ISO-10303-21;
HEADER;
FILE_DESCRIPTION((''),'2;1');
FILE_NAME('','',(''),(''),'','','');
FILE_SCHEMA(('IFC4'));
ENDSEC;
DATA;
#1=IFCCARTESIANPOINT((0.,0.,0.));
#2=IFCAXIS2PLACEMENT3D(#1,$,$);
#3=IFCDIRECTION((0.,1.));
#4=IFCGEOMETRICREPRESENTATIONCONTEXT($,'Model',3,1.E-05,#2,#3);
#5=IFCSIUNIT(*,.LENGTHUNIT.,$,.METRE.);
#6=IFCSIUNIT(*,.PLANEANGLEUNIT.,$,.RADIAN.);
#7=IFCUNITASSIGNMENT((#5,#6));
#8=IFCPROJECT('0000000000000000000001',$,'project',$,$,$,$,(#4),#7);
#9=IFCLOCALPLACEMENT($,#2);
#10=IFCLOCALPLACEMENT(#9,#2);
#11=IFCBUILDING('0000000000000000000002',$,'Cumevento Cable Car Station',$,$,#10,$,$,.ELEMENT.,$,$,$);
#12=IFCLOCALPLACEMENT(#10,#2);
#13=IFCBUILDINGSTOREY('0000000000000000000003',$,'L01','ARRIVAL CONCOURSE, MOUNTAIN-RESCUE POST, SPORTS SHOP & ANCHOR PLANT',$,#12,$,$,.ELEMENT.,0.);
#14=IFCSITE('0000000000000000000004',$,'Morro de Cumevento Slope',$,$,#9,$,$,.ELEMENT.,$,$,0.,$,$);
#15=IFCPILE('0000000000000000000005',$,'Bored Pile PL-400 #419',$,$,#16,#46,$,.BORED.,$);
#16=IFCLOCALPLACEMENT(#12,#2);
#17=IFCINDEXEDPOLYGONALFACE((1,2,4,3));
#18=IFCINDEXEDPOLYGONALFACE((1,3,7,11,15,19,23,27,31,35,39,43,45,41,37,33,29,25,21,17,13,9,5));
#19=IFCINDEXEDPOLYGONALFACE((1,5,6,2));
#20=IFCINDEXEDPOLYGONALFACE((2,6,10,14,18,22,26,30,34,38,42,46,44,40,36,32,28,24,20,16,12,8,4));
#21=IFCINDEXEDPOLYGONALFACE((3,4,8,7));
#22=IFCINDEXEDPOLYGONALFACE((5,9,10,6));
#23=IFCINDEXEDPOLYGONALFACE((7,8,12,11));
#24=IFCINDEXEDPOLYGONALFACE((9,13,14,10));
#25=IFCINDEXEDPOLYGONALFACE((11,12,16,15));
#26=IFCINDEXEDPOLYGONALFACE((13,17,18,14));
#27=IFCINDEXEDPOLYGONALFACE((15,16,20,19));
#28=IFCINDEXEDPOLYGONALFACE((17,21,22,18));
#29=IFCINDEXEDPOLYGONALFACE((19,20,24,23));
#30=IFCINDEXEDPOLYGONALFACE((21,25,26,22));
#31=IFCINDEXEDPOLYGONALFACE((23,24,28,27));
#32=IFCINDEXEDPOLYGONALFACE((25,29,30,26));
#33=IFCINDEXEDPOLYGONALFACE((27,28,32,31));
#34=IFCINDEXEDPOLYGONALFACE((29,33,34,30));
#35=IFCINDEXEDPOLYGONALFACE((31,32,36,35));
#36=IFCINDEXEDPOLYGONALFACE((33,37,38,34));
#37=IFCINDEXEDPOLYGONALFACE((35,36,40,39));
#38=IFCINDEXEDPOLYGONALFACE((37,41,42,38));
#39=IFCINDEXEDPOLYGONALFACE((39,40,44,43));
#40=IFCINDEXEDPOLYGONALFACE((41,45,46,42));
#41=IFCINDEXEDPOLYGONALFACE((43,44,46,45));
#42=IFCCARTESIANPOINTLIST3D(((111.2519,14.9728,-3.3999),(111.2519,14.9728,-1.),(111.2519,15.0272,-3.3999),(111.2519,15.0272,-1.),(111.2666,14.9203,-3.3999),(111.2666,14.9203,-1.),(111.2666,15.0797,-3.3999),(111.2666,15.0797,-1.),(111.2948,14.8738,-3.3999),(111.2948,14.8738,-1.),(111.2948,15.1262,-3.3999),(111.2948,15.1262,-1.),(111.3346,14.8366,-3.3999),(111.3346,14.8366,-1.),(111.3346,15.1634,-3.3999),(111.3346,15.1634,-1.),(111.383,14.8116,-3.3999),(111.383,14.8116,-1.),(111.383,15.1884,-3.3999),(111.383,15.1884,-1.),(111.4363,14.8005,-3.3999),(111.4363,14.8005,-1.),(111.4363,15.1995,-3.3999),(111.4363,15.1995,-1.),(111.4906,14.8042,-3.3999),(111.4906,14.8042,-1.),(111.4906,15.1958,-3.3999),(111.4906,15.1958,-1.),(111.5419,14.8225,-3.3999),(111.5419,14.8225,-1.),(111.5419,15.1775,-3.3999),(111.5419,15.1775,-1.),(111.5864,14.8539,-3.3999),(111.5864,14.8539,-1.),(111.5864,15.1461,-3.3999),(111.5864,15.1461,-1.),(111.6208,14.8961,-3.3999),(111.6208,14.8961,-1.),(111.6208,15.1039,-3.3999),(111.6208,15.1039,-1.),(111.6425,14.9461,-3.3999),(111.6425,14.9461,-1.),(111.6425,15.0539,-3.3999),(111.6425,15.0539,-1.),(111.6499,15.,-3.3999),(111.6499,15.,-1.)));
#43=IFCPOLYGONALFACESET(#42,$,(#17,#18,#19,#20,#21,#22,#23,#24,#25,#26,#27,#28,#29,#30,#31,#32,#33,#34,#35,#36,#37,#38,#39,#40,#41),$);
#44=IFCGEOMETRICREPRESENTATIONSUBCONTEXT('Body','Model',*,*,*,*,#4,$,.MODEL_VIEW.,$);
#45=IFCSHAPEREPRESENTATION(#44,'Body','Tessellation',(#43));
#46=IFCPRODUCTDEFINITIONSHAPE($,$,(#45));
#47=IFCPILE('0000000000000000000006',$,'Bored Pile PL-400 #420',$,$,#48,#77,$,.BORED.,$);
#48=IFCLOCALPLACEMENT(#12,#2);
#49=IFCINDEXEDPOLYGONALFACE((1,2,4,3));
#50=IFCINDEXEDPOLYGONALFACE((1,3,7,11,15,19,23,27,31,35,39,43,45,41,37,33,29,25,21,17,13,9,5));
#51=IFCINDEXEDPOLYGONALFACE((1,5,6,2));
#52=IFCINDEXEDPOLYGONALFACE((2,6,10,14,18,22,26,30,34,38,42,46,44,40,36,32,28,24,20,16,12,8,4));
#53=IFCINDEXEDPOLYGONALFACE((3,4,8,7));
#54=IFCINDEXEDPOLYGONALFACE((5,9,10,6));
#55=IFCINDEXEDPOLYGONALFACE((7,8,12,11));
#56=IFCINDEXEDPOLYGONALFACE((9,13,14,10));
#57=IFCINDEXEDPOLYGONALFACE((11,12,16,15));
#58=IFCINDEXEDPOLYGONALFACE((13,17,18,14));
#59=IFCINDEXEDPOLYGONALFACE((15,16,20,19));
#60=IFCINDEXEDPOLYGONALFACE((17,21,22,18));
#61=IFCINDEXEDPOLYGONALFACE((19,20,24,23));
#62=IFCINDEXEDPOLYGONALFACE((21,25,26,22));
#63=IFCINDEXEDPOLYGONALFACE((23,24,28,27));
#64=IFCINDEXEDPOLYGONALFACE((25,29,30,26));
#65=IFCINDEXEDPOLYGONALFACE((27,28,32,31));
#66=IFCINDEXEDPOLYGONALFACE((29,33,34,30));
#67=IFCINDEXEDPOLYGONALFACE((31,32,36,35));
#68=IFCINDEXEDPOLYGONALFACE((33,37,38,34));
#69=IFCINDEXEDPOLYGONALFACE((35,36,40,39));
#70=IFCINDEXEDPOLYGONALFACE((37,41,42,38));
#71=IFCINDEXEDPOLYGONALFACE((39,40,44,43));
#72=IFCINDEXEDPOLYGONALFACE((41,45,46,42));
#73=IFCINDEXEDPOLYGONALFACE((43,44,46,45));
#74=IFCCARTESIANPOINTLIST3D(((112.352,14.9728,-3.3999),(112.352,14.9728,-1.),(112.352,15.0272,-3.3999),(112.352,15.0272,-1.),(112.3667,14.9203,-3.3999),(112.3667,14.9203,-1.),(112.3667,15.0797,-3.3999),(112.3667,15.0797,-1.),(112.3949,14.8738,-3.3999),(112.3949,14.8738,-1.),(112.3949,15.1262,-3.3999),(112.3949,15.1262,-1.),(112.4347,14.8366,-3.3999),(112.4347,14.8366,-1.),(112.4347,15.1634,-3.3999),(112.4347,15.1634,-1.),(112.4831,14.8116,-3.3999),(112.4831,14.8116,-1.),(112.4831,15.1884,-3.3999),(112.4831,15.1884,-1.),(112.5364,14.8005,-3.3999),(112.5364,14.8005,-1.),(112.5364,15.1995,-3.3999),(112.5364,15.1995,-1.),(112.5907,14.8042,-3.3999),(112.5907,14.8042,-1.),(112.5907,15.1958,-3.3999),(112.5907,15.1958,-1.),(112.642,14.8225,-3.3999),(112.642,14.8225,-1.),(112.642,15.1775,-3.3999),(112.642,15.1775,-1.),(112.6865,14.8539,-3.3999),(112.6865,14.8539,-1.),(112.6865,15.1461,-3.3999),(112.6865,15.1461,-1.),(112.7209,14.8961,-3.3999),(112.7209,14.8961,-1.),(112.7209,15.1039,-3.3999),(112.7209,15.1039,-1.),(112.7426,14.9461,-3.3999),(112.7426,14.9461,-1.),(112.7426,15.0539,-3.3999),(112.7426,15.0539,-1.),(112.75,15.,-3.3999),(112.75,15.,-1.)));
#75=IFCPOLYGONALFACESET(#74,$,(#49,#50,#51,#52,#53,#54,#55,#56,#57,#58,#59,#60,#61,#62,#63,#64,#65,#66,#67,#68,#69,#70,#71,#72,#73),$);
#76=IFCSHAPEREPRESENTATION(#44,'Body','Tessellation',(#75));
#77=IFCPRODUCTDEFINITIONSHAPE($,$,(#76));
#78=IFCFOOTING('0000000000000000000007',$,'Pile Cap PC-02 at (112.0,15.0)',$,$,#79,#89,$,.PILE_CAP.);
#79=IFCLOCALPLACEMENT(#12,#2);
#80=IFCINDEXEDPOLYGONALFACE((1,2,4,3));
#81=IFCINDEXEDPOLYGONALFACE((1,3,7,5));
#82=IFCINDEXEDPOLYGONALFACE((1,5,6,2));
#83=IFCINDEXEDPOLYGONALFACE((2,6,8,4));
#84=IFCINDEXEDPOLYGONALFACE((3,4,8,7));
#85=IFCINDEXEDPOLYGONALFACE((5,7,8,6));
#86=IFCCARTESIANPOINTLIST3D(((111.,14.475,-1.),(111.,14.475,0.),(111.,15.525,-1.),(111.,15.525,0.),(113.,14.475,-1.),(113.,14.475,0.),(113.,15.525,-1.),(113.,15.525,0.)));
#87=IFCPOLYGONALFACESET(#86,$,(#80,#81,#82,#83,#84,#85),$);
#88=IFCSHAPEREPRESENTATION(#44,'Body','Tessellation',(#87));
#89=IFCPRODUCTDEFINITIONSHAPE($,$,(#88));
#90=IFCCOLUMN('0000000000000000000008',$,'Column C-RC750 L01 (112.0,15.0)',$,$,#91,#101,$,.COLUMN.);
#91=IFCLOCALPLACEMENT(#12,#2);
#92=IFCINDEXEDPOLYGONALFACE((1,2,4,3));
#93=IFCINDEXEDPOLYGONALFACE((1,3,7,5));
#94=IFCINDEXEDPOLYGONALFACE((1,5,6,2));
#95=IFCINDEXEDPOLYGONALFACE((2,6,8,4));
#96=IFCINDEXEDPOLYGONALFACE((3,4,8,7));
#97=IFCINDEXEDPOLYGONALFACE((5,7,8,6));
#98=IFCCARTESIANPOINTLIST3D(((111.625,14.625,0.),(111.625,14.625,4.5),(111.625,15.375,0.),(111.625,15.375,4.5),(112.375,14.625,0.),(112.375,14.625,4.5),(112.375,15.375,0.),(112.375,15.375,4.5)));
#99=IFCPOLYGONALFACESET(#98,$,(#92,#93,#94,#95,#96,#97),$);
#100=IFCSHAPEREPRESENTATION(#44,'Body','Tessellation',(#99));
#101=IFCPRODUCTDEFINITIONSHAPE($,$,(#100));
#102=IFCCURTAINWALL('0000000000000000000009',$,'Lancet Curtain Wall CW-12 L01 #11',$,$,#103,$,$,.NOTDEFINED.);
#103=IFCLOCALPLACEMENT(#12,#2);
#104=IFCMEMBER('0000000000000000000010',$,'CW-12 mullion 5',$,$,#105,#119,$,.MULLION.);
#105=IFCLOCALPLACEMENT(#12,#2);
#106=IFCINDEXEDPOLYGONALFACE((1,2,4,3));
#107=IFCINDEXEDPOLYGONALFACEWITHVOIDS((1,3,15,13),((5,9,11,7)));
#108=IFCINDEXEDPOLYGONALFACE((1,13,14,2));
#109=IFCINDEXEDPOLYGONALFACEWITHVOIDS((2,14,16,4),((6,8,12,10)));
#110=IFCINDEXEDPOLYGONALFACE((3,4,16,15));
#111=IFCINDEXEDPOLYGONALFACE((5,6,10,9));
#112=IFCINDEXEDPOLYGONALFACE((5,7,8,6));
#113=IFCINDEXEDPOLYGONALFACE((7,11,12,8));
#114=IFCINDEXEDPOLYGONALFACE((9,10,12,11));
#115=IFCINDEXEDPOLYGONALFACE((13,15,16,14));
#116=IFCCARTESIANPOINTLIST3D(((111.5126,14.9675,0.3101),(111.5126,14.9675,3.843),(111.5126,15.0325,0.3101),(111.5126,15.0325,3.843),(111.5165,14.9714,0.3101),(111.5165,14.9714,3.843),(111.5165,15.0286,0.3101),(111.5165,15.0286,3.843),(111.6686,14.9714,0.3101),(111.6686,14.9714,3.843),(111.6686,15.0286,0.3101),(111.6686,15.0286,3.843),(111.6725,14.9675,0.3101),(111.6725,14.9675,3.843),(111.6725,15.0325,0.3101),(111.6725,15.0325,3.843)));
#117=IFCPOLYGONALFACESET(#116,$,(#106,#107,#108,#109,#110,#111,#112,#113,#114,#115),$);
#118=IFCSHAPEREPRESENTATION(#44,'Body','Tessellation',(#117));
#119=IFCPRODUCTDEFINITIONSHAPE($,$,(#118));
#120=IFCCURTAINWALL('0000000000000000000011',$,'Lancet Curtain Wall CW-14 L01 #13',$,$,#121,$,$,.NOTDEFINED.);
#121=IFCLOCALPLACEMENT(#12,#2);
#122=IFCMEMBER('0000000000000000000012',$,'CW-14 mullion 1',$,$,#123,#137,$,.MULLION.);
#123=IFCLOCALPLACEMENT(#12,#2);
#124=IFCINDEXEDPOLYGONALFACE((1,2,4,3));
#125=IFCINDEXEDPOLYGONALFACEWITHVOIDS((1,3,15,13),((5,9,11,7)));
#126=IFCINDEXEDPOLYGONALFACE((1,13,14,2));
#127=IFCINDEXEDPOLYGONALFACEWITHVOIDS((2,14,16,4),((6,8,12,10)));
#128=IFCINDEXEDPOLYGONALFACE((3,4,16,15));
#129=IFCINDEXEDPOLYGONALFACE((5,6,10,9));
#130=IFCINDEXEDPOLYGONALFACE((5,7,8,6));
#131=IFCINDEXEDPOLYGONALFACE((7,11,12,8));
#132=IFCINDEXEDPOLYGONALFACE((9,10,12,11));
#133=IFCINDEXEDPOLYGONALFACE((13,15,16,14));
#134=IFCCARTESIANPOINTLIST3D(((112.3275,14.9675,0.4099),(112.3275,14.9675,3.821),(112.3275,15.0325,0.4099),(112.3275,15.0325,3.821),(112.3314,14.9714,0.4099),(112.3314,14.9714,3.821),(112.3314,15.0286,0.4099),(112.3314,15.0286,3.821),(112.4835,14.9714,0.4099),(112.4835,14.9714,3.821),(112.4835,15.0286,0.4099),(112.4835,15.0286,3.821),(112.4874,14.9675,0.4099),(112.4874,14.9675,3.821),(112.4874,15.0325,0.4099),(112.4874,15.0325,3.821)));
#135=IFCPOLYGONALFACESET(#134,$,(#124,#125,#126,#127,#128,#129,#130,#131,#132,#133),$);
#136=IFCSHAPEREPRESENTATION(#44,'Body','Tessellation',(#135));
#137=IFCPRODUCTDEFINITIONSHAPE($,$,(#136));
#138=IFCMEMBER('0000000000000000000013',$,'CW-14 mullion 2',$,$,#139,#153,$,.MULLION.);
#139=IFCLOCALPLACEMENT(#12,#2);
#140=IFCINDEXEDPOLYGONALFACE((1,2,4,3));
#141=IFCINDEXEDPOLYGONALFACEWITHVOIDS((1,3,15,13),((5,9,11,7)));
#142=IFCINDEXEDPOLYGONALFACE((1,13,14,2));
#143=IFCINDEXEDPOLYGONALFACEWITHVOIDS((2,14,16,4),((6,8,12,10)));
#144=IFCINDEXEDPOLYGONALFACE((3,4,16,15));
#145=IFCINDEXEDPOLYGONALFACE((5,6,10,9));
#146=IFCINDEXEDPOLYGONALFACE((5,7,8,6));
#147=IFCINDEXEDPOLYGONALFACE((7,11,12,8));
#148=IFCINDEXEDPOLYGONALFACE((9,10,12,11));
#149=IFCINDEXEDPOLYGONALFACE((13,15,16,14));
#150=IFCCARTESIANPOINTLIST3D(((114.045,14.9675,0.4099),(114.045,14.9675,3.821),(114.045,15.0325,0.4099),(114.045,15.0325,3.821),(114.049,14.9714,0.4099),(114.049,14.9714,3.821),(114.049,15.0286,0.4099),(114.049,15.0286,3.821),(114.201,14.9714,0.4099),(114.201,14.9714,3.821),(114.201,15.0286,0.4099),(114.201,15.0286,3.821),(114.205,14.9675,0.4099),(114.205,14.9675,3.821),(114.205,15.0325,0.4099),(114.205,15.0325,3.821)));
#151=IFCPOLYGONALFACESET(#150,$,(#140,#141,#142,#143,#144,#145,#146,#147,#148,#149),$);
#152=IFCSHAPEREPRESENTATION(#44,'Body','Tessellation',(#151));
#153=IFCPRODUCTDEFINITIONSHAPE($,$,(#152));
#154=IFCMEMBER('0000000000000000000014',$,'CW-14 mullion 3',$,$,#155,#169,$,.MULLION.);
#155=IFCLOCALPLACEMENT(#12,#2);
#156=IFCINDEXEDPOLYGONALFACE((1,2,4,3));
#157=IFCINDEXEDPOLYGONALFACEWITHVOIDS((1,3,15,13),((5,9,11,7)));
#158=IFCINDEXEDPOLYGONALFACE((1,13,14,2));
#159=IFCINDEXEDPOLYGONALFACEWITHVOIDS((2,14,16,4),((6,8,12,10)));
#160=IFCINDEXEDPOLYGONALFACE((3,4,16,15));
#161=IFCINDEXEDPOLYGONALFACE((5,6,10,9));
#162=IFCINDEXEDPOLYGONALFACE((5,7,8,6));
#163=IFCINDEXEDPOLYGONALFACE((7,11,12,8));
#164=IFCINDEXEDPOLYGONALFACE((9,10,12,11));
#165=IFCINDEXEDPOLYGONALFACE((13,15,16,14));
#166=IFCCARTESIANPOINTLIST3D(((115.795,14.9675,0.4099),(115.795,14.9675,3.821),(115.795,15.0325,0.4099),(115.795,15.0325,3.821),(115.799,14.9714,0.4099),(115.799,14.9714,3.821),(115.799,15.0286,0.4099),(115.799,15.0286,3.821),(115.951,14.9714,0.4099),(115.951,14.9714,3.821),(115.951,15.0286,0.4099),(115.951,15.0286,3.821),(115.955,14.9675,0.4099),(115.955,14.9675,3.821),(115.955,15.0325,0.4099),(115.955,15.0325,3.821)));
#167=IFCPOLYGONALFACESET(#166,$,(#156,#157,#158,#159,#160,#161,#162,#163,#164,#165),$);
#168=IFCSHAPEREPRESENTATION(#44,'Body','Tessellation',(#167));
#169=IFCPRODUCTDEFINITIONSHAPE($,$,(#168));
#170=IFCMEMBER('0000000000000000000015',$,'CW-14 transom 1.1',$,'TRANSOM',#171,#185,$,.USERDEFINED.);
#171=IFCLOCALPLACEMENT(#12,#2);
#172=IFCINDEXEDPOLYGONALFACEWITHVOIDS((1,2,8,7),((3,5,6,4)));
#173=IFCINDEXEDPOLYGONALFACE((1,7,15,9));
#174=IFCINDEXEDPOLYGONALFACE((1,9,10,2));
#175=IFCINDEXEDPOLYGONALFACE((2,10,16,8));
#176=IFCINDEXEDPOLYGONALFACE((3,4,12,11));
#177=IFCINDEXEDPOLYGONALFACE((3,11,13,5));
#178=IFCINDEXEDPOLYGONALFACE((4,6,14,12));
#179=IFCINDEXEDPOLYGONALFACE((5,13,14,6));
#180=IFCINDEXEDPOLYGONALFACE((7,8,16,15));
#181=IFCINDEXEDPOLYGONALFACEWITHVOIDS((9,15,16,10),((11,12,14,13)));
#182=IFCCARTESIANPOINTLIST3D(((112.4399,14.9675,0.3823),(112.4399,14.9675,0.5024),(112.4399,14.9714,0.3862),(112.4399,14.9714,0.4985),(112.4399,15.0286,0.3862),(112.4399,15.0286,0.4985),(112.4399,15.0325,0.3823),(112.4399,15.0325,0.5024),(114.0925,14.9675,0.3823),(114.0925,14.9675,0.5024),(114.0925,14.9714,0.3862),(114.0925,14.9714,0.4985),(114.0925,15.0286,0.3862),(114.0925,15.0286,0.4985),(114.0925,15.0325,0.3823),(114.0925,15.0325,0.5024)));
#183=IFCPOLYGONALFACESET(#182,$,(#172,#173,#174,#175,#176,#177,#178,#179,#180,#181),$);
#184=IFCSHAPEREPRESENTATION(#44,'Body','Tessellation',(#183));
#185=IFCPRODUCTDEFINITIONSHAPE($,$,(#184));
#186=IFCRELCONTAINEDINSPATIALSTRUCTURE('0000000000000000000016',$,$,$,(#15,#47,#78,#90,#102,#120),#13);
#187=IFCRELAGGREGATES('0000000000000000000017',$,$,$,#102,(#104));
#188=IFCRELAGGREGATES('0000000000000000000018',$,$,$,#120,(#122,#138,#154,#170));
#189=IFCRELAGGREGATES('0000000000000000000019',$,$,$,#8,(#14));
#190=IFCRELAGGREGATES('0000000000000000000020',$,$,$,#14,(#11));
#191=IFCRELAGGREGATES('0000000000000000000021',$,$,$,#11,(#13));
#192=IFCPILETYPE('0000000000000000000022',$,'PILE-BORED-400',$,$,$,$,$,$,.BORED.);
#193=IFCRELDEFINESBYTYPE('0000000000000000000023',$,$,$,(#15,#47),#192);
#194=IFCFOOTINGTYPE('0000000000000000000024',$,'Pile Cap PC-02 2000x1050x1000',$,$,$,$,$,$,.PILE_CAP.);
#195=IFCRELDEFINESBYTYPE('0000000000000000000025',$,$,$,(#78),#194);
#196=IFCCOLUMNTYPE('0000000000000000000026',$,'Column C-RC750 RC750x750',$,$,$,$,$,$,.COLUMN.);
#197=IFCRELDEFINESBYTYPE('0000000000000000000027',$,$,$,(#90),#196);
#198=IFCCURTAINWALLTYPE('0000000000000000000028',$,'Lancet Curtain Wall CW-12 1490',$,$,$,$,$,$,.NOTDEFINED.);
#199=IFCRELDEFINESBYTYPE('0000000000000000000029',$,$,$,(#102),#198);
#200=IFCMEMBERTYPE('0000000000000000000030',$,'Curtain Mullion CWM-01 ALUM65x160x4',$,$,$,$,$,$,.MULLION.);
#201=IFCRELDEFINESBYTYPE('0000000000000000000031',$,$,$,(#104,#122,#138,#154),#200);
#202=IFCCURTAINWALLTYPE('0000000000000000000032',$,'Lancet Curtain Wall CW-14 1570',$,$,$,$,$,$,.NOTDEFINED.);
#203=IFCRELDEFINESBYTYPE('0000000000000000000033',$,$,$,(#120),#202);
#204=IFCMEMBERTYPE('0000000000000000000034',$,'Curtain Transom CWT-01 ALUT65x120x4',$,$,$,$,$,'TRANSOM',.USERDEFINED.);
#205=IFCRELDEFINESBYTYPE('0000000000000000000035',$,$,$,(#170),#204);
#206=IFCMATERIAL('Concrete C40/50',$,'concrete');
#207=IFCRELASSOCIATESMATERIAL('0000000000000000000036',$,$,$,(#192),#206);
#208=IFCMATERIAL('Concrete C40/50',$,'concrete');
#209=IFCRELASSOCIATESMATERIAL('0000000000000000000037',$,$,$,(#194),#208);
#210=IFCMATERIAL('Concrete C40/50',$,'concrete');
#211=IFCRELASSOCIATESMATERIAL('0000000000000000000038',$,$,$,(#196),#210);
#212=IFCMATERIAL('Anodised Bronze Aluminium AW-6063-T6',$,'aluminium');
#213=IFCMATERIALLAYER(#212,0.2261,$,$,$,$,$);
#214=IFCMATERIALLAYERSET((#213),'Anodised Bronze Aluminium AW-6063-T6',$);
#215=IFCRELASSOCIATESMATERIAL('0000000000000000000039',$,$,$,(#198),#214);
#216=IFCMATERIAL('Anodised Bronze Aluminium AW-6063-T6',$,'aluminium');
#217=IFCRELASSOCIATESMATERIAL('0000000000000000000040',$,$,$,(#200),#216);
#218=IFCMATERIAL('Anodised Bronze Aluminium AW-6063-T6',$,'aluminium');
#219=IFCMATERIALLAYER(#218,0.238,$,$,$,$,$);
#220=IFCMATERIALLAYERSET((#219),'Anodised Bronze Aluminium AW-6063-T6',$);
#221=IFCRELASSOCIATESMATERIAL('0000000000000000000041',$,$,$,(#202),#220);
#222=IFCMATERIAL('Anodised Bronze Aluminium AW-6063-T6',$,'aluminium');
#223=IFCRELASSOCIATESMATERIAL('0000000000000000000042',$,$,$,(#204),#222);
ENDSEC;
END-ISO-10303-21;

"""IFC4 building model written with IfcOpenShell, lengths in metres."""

from ifc_helpers import new_model, si_unit, direction, frame, origin, origin_2d, place, context, subcontext, project, spatial, rectangle, hollow_rectangle, circle, extrude, material, layer, layer_set, material_profile, profile_set, type_object, element, aggregate, save


model = new_model("IFC4")

# Units and contexts
model_context = context("Model", 3, precision=1e-05, world=origin(), true_north=direction((0.0, 1.0)))
body_context = subcontext(model_context, "Body", "Model", "MODEL_VIEW")
ifc_project = project(units=[si_unit("LENGTHUNIT", "METRE"), si_unit("PLANEANGLEUNIT", "RADIAN")], contexts=[model_context])

# Site, building, storey
site_placement = place(None, origin())
site = spatial("IfcSite", under=ifc_project, at=site_placement, Name="Morro de Cumevento Slope", CompositionType="ELEMENT", RefElevation=0.0)
building_placement = place(site_placement, origin())
building = spatial("IfcBuilding", under=site, at=building_placement, Name="Cumevento Cable Car Station", CompositionType="ELEMENT")
storey_placement = place(building_placement, origin())
storey = spatial("IfcBuildingStorey", under=building, at=storey_placement, Name="L01", Description="ARRIVAL CONCOURSE, MOUNTAIN-RESCUE POST, SPORTS SHOP & ANCHOR PLANT", CompositionType="ELEMENT", Elevation=0.0)

# Piles
ifc_material_1 = material(Name="Concrete C40/50", Category="concrete")
ifc_material_profile_1 = material_profile(ifc_material_1, circle(Radius=0.2, at=origin_2d()), Name="PILE-D400")
ifc_profile_set_1 = profile_set([ifc_material_profile_1], Name="Concrete C40/50")
pile_type = type_object("IfcPileType", Name="PILE-BORED-400", PredefinedType="BORED", material=ifc_profile_set_1)
for number, where, z_axis, x_axis, name in (
    (1, (111.45, 15.0, -1.0), (0.0, 0.0, -1.0), (1.0, 0.0, 0.0), "Bored Pile PL-400 #419"),
    (2, (112.55, 15.0, -1.0), (0.0, 0.0, -1.0), (1.0, 0.0, 0.0), "Bored Pile PL-400 #420"),
):
    element("IfcPile", number, at=place(storey_placement, frame(where, z_axis=z_axis, x_axis=x_axis)), inside=storey, type_object=pile_type, Name=name, PredefinedType="BORED", context=body_context, shape_type="SweptSolid", body=[
        extrude(circle(Radius=0.2, at=origin_2d()), origin(), (0.0, 0.0, 1.0), 2.3999),
    ])

# Footing
ifc_material_2 = material(Name="Concrete C40/50", Category="concrete")
footing_type = type_object("IfcFootingType", Name="Pile Cap PC-02 2000x1050x1000", PredefinedType="PILE_CAP", material=ifc_material_2)
footing_placement = place(storey_placement, frame((112.0, 15.0, -1.0), z_axis=(0.0, 0.0, 1.0), x_axis=(1.0, 0.0, 0.0)))
element("IfcFooting", 3, at=footing_placement, inside=storey, type_object=footing_type, Name="Pile Cap PC-02 at (112.0,15.0)", PredefinedType="PILE_CAP", context=body_context, shape_type="SweptSolid", body=[
    extrude(rectangle(XDim=2.0, YDim=1.05, at=origin_2d()), origin(), (0.0, 0.0, 1.0), 1.0),
])

# Column
ifc_material_3 = material(Name="Concrete C40/50", Category="concrete")
ifc_material_profile_2 = material_profile(ifc_material_3, rectangle(XDim=0.75, YDim=0.75, at=origin_2d()), Name="RC750x750")
ifc_profile_set_2 = profile_set([ifc_material_profile_2], Name="Concrete C40/50")
column_type = type_object("IfcColumnType", Name="Column C-RC750 RC750x750", PredefinedType="COLUMN", material=ifc_profile_set_2)
column_placement = place(storey_placement, frame((112.0, 15.0, 0.0), z_axis=(0.0, 0.0, 1.0), x_axis=(1.0, 0.0, 0.0)))
element("IfcColumn", 4, at=column_placement, inside=storey, type_object=column_type, Name="Column C-RC750 L01 (112.0,15.0)", PredefinedType="COLUMN", context=body_context, shape_type="SweptSolid", body=[
    extrude(rectangle(XDim=0.75, YDim=0.75, at=origin_2d()), origin(), (0.0, 0.0, 1.0), 4.5),
])

# Curtain wall, member
ifc_material_4 = material(Name="Anodised Bronze Aluminium AW-6063-T6", Category="aluminium")
ifc_layer_1 = layer(ifc_material_4, 0.2261)
ifc_layer_set_1 = layer_set([ifc_layer_1], Name="Anodised Bronze Aluminium AW-6063-T6")
curtain_wall_type_1 = type_object("IfcCurtainWallType", Name="Lancet Curtain Wall CW-12 1490", PredefinedType="NOTDEFINED", material=ifc_layer_set_1)
curtain_wall_1_placement = place(storey_placement, origin())
curtain_wall_1 = element("IfcCurtainWall", 5, at=curtain_wall_1_placement, inside=storey, type_object=curtain_wall_type_1, Name="Lancet Curtain Wall CW-12 L01 #11", PredefinedType="NOTDEFINED")
ifc_material_5 = material(Name="Anodised Bronze Aluminium AW-6063-T6", Category="aluminium")
ifc_material_profile_3 = material_profile(ifc_material_5, hollow_rectangle(XDim=0.0649, YDim=0.1599, WallThickness=0.0039, at=origin_2d()), Name="ALUM65x160x4")
ifc_profile_set_3 = profile_set([ifc_material_profile_3], Name="Anodised Bronze Aluminium AW-6063-T6")
member_type_1 = type_object("IfcMemberType", Name="Curtain Mullion CWM-01 ALUM65x160x4", PredefinedType="MULLION", material=ifc_profile_set_3)
member_1_placement = place(storey_placement, frame((111.5925, 15.0, 0.3101), z_axis=(0.0, 0.0, 1.0), x_axis=(0.0, 1.0, 0.0)))
member_1 = element("IfcMember", 6, at=member_1_placement, type_object=member_type_1, Name="CW-12 mullion 5", PredefinedType="MULLION", context=body_context, shape_type="SweptSolid", body=[
    extrude(hollow_rectangle(XDim=0.0649, YDim=0.1599, WallThickness=0.0039, at=origin_2d()), origin(), (0.0, 0.0, 1.0), 3.533),
])
aggregate(curtain_wall_1, [member_1])

# Curtain wall, members
ifc_material_6 = material(Name="Anodised Bronze Aluminium AW-6063-T6", Category="aluminium")
ifc_layer_2 = layer(ifc_material_6, 0.238)
ifc_layer_set_2 = layer_set([ifc_layer_2], Name="Anodised Bronze Aluminium AW-6063-T6")
curtain_wall_type_2 = type_object("IfcCurtainWallType", Name="Lancet Curtain Wall CW-14 1570", PredefinedType="NOTDEFINED", material=ifc_layer_set_2)
curtain_wall_2_placement = place(storey_placement, origin())
curtain_wall_2 = element("IfcCurtainWall", 7, at=curtain_wall_2_placement, inside=storey, type_object=curtain_wall_type_2, Name="Lancet Curtain Wall CW-14 L01 #13", PredefinedType="NOTDEFINED")
member_2_placement = place(storey_placement, frame((112.4075, 15.0, 0.4099), z_axis=(0.0, 0.0, 1.0), x_axis=(0.0, 1.0, 0.0)))
member_2 = element("IfcMember", 8, at=member_2_placement, type_object=member_type_1, Name="CW-14 mullion 1", PredefinedType="MULLION", context=body_context, shape_type="SweptSolid", body=[
    extrude(hollow_rectangle(XDim=0.0649, YDim=0.1599, WallThickness=0.0039, at=origin_2d()), origin(), (0.0, 0.0, 1.0), 3.4111),
])
member_3_placement = place(storey_placement, frame((114.125, 15.0, 0.4099), z_axis=(0.0, 0.0, 1.0), x_axis=(0.0, 1.0, 0.0)))
member_3 = element("IfcMember", 9, at=member_3_placement, type_object=member_type_1, Name="CW-14 mullion 2", PredefinedType="MULLION", context=body_context, shape_type="SweptSolid", body=[
    extrude(hollow_rectangle(XDim=0.0649, YDim=0.1599, WallThickness=0.0039, at=origin_2d()), origin(), (0.0, 0.0, 1.0), 3.4111),
])
member_4_placement = place(storey_placement, frame((115.875, 15.0, 0.4099), z_axis=(0.0, 0.0, 1.0), x_axis=(0.0, 1.0, 0.0)))
member_4 = element("IfcMember", 10, at=member_4_placement, type_object=member_type_1, Name="CW-14 mullion 3", PredefinedType="MULLION", context=body_context, shape_type="SweptSolid", body=[
    extrude(hollow_rectangle(XDim=0.0649, YDim=0.1599, WallThickness=0.0039, at=origin_2d()), origin(), (0.0, 0.0, 1.0), 3.4111),
])
ifc_material_7 = material(Name="Anodised Bronze Aluminium AW-6063-T6", Category="aluminium")
ifc_material_profile_4 = material_profile(ifc_material_7, hollow_rectangle(XDim=0.0649, YDim=0.1201, WallThickness=0.0039, at=origin_2d()), Name="ALUT65x120x4")
ifc_profile_set_4 = profile_set([ifc_material_profile_4], Name="Anodised Bronze Aluminium AW-6063-T6")
member_type_2 = type_object("IfcMemberType", Name="Curtain Transom CWT-01 ALUT65x120x4", ElementType="TRANSOM", PredefinedType="USERDEFINED", material=ifc_profile_set_4)
member_5_placement = place(storey_placement, frame((112.4399, 15.0, 0.4424), z_axis=(1.0, 0.0, 0.0), x_axis=(0.0, 1.0, 0.0)))
member_5 = element("IfcMember", 11, at=member_5_placement, type_object=member_type_2, Name="CW-14 transom 1.1", ObjectType="TRANSOM", PredefinedType="USERDEFINED", context=body_context, shape_type="SweptSolid", body=[
    extrude(hollow_rectangle(XDim=0.0649, YDim=0.1201, WallThickness=0.0039, at=origin_2d()), origin(), (0.0, 0.0, 1.0), 1.6526),
])
aggregate(curtain_wall_2, [member_2, member_3, member_4, member_5])

save(model, "model.ifc")
